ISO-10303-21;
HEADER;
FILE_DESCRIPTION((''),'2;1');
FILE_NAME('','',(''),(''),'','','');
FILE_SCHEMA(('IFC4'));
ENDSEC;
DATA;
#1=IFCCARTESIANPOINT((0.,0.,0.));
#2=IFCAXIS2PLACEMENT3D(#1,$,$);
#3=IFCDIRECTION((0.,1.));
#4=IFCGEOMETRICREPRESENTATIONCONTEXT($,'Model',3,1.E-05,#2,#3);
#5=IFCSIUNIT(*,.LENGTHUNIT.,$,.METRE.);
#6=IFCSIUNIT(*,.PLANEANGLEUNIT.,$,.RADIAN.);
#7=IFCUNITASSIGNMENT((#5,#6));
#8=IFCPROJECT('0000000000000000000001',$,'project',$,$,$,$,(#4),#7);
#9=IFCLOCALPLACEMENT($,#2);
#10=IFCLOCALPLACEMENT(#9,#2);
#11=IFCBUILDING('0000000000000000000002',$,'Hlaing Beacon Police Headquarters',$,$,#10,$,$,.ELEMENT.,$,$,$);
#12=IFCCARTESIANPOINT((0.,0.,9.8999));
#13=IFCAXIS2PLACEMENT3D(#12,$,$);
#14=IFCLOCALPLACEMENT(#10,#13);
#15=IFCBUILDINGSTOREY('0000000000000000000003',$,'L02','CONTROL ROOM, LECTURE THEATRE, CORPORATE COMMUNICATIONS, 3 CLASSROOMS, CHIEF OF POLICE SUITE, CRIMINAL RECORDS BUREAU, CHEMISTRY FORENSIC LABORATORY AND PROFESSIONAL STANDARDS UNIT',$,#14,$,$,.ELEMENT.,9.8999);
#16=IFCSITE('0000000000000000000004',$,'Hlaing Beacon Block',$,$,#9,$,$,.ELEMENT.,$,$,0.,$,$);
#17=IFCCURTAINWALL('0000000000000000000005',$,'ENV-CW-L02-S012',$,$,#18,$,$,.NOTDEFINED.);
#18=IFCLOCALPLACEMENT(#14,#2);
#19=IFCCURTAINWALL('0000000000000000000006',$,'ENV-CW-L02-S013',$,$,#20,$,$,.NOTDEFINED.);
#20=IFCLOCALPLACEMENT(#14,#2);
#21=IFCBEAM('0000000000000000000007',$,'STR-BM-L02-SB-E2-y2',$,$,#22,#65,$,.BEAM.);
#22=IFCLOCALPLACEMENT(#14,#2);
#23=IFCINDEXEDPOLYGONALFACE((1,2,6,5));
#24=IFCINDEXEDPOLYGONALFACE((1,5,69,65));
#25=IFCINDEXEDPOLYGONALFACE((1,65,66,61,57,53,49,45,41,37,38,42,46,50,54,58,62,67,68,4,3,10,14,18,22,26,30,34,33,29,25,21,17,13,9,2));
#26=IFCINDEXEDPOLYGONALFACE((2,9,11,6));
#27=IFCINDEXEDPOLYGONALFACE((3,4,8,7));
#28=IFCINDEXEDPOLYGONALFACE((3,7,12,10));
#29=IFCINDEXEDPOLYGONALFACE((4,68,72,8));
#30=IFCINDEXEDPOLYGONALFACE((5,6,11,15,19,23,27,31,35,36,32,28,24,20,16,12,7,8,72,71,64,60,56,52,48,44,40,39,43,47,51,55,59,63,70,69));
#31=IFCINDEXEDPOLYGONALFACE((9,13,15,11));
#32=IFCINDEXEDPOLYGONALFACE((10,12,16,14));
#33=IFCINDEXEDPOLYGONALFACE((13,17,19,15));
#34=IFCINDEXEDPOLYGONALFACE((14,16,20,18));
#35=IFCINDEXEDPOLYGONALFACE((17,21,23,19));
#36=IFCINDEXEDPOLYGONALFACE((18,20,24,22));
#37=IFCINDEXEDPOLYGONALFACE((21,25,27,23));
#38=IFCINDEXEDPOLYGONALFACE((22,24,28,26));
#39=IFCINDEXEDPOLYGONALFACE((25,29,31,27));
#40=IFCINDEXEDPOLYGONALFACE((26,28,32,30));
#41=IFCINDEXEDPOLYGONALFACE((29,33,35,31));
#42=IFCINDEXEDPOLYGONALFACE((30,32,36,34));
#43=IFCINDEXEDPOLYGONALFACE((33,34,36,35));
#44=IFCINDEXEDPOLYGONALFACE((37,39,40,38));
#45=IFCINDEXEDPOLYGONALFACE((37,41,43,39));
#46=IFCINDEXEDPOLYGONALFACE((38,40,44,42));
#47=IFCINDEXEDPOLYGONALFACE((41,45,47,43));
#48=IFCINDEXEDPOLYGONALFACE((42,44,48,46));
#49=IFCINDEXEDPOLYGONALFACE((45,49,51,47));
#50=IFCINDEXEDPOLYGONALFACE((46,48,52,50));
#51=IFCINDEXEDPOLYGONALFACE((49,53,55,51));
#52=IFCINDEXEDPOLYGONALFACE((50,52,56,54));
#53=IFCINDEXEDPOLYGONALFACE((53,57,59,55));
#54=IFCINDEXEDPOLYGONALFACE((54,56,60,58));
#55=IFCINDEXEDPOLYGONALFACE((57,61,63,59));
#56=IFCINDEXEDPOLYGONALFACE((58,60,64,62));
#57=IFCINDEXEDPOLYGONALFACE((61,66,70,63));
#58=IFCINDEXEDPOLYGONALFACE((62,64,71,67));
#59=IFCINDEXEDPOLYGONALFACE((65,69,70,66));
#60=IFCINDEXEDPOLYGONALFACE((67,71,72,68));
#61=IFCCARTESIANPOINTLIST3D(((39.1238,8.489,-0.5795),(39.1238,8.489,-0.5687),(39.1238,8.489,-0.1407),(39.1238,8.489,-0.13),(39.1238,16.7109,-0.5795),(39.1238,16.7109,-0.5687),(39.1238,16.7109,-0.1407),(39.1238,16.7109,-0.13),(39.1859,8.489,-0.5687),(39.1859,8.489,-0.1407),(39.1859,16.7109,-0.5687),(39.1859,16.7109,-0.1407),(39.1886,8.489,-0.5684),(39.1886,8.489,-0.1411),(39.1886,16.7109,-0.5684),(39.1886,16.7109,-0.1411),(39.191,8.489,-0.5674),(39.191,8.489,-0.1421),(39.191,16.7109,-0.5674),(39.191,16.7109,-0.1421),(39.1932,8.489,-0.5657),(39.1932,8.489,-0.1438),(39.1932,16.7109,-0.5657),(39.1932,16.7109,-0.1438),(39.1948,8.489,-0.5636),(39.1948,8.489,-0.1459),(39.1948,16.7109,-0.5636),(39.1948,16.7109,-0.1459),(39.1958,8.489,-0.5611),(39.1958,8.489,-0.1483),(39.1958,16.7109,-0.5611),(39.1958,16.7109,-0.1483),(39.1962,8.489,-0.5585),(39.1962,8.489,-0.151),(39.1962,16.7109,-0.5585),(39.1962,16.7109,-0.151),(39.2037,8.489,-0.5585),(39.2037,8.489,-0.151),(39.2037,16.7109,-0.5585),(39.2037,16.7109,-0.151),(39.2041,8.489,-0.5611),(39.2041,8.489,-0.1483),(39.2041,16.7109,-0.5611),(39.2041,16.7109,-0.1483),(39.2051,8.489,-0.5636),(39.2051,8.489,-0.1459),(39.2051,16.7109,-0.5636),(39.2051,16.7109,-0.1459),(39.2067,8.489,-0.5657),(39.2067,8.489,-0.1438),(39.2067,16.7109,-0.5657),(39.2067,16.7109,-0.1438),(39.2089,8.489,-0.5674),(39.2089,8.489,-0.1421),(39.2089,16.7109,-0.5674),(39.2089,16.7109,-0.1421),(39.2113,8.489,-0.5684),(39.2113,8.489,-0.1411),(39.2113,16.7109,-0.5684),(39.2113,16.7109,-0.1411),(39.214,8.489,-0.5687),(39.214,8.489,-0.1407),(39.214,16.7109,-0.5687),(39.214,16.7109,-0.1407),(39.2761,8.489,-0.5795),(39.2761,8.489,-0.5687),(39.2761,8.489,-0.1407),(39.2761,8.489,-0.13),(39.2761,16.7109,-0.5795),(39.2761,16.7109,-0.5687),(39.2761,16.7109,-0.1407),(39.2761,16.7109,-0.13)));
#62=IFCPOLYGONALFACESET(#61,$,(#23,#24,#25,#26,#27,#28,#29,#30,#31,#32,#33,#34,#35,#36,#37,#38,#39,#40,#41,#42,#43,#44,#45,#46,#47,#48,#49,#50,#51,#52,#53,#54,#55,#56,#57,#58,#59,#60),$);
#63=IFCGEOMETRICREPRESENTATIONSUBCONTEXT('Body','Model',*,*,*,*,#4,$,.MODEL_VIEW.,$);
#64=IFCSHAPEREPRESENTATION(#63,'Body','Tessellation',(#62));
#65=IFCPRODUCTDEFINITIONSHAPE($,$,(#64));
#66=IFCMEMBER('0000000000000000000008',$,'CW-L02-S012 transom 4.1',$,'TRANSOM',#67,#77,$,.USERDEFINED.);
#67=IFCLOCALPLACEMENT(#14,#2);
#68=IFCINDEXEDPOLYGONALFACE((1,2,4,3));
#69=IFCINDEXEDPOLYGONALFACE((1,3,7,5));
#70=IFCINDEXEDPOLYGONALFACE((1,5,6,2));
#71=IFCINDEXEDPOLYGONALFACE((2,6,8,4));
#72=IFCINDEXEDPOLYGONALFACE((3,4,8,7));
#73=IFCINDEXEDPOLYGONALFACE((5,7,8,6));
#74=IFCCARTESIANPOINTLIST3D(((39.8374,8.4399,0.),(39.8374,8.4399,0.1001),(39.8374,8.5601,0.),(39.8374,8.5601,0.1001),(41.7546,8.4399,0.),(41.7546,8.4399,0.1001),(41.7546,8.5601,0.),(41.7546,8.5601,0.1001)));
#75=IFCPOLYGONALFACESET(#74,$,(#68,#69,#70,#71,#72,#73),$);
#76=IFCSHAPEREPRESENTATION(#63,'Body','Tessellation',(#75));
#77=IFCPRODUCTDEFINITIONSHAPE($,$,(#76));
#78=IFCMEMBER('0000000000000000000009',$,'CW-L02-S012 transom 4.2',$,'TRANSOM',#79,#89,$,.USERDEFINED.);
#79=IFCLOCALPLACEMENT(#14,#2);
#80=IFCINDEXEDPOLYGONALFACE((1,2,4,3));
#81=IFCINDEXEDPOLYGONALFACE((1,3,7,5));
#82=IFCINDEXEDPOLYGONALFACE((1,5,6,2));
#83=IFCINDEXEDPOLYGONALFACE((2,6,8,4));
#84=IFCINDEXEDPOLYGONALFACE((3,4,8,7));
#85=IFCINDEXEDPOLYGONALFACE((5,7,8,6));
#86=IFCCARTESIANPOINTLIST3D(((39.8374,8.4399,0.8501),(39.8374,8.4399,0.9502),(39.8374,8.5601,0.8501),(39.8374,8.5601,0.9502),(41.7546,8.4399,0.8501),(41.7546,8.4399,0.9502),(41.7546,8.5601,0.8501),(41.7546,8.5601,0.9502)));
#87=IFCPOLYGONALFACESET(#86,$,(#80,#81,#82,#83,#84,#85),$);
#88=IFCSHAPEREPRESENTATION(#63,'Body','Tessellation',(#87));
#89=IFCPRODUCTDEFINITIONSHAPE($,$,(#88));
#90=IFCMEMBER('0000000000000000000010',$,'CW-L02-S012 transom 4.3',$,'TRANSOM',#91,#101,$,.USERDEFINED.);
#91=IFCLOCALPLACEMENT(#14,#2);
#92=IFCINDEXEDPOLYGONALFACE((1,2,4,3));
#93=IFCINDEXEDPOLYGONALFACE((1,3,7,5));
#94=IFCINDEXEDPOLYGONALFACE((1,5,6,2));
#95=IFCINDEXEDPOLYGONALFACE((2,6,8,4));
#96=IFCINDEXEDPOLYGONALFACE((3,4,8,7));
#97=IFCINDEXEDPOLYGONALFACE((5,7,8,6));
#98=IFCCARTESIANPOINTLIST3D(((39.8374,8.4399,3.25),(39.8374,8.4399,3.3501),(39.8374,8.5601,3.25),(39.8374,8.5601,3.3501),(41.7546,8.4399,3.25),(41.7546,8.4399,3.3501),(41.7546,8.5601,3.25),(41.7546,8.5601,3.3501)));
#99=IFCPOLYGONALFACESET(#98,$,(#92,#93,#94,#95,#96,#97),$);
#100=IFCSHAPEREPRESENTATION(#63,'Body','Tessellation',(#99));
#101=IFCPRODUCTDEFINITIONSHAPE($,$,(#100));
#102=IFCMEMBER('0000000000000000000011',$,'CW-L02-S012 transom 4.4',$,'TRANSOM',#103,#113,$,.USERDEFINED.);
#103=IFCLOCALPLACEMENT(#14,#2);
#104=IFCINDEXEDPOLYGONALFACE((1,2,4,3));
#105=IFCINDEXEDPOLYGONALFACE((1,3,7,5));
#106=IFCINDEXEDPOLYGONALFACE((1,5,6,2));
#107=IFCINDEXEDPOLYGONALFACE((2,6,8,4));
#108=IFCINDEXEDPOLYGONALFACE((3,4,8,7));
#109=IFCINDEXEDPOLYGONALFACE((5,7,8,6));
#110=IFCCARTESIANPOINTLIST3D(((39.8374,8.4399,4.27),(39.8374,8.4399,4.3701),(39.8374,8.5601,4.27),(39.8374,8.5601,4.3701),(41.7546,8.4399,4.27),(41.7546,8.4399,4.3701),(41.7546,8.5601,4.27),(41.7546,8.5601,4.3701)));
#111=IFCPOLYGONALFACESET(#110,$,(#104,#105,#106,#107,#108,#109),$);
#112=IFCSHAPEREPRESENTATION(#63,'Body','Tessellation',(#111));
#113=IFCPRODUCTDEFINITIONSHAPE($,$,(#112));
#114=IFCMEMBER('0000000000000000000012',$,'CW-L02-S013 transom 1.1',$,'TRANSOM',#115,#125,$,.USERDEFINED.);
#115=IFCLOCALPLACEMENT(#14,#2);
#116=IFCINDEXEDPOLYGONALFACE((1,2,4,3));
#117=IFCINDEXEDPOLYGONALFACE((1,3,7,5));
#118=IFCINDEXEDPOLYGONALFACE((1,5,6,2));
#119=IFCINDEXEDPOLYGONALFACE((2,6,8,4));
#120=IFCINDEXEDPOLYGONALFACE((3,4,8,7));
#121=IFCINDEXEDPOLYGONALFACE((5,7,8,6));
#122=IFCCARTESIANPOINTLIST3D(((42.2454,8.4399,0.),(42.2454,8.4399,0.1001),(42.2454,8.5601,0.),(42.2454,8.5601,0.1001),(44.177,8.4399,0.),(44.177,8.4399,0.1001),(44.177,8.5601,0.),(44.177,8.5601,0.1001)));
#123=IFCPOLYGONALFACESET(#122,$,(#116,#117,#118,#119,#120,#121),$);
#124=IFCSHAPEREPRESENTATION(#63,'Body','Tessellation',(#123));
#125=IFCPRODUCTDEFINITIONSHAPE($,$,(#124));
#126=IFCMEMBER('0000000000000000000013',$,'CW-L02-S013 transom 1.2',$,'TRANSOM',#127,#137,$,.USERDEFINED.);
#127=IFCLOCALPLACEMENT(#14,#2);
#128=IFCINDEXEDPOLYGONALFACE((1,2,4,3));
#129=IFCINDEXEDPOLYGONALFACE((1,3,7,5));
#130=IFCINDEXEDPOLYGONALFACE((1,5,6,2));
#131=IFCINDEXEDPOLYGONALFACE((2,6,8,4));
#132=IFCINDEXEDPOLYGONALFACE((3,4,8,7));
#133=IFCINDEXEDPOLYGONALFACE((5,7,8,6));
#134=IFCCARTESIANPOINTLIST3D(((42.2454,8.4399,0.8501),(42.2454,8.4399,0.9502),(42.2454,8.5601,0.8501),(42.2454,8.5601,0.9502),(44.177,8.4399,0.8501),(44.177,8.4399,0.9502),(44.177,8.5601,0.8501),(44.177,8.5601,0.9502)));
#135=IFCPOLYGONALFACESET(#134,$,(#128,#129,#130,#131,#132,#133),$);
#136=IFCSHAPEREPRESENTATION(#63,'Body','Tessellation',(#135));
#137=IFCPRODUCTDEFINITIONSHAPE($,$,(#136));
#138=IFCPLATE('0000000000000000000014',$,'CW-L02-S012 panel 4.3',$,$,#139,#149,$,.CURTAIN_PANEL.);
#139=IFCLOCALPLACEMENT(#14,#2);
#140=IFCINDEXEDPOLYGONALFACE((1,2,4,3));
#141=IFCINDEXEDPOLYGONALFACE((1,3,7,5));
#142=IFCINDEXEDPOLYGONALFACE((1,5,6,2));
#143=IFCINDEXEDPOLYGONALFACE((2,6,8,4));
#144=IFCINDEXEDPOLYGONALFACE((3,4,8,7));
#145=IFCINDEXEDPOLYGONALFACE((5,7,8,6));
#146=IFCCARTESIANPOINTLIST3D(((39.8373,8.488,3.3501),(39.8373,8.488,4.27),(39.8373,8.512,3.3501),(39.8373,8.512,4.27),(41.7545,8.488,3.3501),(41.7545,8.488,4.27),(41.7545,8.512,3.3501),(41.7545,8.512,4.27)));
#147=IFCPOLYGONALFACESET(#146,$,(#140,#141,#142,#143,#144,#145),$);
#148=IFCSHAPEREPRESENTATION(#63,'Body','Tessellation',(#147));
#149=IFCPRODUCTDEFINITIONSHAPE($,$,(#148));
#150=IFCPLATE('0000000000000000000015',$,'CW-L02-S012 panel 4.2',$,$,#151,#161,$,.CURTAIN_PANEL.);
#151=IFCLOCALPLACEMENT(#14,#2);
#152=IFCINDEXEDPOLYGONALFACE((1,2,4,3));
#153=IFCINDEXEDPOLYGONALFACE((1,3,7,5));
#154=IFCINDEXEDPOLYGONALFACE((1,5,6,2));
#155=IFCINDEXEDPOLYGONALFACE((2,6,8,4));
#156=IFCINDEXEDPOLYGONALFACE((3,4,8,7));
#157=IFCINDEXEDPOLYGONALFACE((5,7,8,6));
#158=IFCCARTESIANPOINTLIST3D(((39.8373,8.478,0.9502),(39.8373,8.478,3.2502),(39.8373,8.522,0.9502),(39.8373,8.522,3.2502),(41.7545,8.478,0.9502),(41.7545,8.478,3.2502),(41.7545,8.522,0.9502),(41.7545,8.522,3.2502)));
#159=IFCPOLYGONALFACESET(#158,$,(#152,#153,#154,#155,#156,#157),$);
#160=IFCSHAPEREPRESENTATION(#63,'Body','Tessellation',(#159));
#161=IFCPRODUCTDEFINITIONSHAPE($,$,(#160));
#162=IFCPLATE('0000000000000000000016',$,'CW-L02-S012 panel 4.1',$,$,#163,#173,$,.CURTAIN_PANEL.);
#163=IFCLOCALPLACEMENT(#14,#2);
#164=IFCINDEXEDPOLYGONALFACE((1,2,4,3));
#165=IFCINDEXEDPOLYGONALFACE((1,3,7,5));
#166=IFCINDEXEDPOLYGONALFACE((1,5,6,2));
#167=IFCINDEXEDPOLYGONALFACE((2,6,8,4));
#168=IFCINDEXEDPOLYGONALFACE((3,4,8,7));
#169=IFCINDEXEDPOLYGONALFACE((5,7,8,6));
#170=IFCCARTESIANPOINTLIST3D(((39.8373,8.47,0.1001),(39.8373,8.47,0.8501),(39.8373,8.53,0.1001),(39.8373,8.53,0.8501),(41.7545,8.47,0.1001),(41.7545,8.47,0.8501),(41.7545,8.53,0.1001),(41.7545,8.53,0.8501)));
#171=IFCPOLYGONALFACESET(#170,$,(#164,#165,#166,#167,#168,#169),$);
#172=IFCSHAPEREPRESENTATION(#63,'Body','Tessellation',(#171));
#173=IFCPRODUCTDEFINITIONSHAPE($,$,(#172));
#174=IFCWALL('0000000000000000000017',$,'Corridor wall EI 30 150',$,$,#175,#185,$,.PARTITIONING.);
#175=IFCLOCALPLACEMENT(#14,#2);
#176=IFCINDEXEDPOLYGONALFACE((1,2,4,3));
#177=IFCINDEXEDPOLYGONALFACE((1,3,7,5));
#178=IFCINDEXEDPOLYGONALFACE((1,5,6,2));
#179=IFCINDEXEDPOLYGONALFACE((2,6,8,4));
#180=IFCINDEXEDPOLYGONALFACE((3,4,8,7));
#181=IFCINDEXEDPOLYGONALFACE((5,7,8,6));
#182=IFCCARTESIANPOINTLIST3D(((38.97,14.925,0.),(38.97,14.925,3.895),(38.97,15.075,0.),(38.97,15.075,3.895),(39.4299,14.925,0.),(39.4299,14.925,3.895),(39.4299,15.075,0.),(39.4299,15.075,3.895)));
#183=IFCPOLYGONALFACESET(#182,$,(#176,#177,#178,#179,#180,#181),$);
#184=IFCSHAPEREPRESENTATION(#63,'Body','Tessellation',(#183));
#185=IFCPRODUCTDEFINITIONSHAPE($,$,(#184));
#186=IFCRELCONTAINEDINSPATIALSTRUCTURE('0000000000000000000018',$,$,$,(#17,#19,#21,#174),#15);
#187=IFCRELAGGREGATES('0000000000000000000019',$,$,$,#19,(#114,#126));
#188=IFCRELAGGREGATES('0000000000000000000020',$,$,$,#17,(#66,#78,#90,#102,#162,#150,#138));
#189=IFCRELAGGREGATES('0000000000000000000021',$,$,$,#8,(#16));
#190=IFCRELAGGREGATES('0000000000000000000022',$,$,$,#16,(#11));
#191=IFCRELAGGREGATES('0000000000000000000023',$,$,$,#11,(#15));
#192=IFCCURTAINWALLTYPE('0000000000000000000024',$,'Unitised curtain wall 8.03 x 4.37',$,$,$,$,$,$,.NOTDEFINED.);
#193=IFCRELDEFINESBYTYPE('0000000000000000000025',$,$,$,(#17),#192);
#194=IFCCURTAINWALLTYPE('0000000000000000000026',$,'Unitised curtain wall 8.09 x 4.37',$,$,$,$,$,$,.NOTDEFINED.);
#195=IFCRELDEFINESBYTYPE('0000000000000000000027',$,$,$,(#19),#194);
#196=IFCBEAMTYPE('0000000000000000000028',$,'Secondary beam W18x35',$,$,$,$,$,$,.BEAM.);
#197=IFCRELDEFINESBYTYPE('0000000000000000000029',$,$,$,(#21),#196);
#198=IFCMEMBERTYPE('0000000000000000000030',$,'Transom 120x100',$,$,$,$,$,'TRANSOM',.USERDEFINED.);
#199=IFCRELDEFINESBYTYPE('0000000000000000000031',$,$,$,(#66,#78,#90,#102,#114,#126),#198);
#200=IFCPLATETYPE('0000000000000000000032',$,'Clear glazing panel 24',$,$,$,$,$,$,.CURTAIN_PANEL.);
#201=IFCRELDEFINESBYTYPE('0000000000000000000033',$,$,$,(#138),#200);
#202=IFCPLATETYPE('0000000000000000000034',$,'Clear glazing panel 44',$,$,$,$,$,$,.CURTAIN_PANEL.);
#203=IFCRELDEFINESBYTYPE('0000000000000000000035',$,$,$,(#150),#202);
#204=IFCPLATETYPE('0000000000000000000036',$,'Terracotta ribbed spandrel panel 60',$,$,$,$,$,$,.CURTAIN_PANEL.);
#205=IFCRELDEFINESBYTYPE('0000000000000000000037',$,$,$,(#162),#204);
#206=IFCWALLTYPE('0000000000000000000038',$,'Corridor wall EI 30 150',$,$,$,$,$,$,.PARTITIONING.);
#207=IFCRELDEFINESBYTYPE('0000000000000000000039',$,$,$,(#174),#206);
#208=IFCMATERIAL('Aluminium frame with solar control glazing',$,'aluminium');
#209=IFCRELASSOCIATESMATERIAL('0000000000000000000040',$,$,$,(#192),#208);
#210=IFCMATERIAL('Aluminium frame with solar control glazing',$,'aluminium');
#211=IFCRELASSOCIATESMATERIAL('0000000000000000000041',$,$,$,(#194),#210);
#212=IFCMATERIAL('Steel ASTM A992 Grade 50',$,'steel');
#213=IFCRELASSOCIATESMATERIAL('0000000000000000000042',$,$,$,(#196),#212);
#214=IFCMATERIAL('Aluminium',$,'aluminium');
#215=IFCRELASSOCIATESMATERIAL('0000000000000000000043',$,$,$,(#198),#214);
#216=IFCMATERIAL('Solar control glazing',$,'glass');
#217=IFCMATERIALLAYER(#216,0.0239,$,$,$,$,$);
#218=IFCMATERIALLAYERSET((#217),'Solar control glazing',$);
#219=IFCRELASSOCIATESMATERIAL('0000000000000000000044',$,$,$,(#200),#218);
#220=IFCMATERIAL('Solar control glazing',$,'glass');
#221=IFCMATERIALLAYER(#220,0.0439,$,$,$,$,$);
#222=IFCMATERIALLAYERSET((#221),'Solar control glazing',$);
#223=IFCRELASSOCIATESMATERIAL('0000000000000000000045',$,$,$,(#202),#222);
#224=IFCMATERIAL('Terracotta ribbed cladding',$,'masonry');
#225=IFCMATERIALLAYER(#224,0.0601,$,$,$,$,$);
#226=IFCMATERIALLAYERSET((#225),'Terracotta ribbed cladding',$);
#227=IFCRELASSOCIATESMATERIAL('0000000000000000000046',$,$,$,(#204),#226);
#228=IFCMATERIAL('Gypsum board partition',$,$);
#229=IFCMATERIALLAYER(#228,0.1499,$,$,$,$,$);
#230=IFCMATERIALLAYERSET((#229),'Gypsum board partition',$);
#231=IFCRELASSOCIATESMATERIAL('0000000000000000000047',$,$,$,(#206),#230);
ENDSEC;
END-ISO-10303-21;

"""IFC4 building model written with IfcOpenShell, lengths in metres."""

from ifc_helpers import new_model, si_unit, direction, frame, frame_2d, origin, origin_2d, place, context, subcontext, project, spatial, rectangle, i_section, extrude, material, layer, layer_set, material_profile, profile_set, type_object, element, aggregate, save


model = new_model("IFC4")

# Units and contexts
model_context = context("Model", 3, precision=1e-05, world=origin(), true_north=direction((0.0, 1.0)))
body_context = subcontext(model_context, "Body", "Model", "MODEL_VIEW")
ifc_project = project(units=[si_unit("LENGTHUNIT", "METRE"), si_unit("PLANEANGLEUNIT", "RADIAN")], contexts=[model_context])

# Site, building, storey
site_placement = place(None, origin())
site = spatial("IfcSite", under=ifc_project, at=site_placement, Name="Hlaing Beacon Block", CompositionType="ELEMENT", RefElevation=0.0)
building_placement = place(site_placement, origin())
building = spatial("IfcBuilding", under=site, at=building_placement, Name="Hlaing Beacon Police Headquarters", CompositionType="ELEMENT")
storey_placement = place(building_placement, frame((0.0, 0.0, 9.8999)))
storey = spatial("IfcBuildingStorey", under=building, at=storey_placement, Name="L02", Description="CONTROL ROOM, LECTURE THEATRE, CORPORATE COMMUNICATIONS, 3 CLASSROOMS, CHIEF OF POLICE SUITE, CRIMINAL RECORDS BUREAU, CHEMISTRY FORENSIC LABORATORY AND PROFESSIONAL STANDARDS UNIT", CompositionType="ELEMENT", Elevation=9.8999)

# Curtain wall
ifc_material_1 = material(Name="Aluminium frame with solar control glazing", Category="aluminium")
curtain_wall_type_1 = type_object("IfcCurtainWallType", Name="Unitised curtain wall 8.03 x 4.37", PredefinedType="NOTDEFINED", material=ifc_material_1)
curtain_wall_1_placement = place(storey_placement, origin())
curtain_wall_1 = element("IfcCurtainWall", 1, at=curtain_wall_1_placement, inside=storey, type_object=curtain_wall_type_1, Name="ENV-CW-L02-S012", PredefinedType="NOTDEFINED")

# Curtain wall
ifc_material_2 = material(Name="Aluminium frame with solar control glazing", Category="aluminium")
curtain_wall_type_2 = type_object("IfcCurtainWallType", Name="Unitised curtain wall 8.09 x 4.37", PredefinedType="NOTDEFINED", material=ifc_material_2)
curtain_wall_2_placement = place(storey_placement, origin())
curtain_wall_2 = element("IfcCurtainWall", 2, at=curtain_wall_2_placement, inside=storey, type_object=curtain_wall_type_2, Name="ENV-CW-L02-S013", PredefinedType="NOTDEFINED")

# Beam
ifc_material_3 = material(Name="Steel ASTM A992 Grade 50", Category="steel")
ifc_material_profile_1 = material_profile(ifc_material_3, i_section(OverallWidth=0.1523, OverallDepth=0.4495, WebThickness=0.0076, FlangeThickness=0.0107, FilletRadius=0.0103, at=origin_2d()), Name="W18x35")
ifc_profile_set_1 = profile_set([ifc_material_profile_1], Name="Steel ASTM A992 Grade 50")
beam_type_1 = type_object("IfcBeamType", Name="Secondary beam W18x35", PredefinedType="BEAM", material=ifc_profile_set_1)
beam_1_placement = place(storey_placement, frame((39.2, 8.489, -0.3547), z_axis=(0.0, 1.0, 0.0), x_axis=(-1.0, 0.0, 0.0)))
element("IfcBeam", 3, at=beam_1_placement, inside=storey, type_object=beam_type_1, Name="STR-BM-L02-SB-E2-y2", PredefinedType="BEAM", context=body_context, shape_type="SweptSolid", body=[
    extrude(i_section(OverallWidth=0.1523, OverallDepth=0.4495, WebThickness=0.0076, FlangeThickness=0.0107, FilletRadius=0.0103, at=origin_2d()), origin(), (0.0, 0.0, 1.0), 8.2219),
])

# Members
ifc_material_4 = material(Name="Aluminium", Category="aluminium")
ifc_material_profile_2 = material_profile(ifc_material_4, rectangle(XDim=0.1201, YDim=0.1001, at=origin_2d()), Name="Transom 120x100")
ifc_profile_set_2 = profile_set([ifc_material_profile_2], Name="Aluminium")
member_type_1 = type_object("IfcMemberType", Name="Transom 120x100", ElementType="TRANSOM", PredefinedType="USERDEFINED", material=ifc_profile_set_2)
member_1_placement = place(storey_placement, frame((39.8374, 8.5, 0.05), z_axis=(1.0, 0.0, 0.0), x_axis=(0.0, 1.0, 0.0)))
member_1 = element("IfcMember", 4, at=member_1_placement, type_object=member_type_1, Name="CW-L02-S012 transom 4.1", ObjectType="TRANSOM", PredefinedType="USERDEFINED", context=body_context, shape_type="SweptSolid", body=[
    extrude(rectangle(XDim=0.1201, YDim=0.1001, at=origin_2d()), origin(), (0.0, 0.0, 1.0), 1.9172),
])
member_2_placement = place(storey_placement, frame((39.8374, 8.5, 0.9001), z_axis=(1.0, 0.0, 0.0), x_axis=(0.0, 1.0, 0.0)))
member_2 = element("IfcMember", 5, at=member_2_placement, type_object=member_type_1, Name="CW-L02-S012 transom 4.2", ObjectType="TRANSOM", PredefinedType="USERDEFINED", context=body_context, shape_type="SweptSolid", body=[
    extrude(rectangle(XDim=0.1201, YDim=0.1001, at=origin_2d()), origin(), (0.0, 0.0, 1.0), 1.9172),
])
member_3_placement = place(storey_placement, frame((39.8374, 8.5, 3.3), z_axis=(1.0, 0.0, 0.0), x_axis=(0.0, 1.0, 0.0)))
member_3 = element("IfcMember", 6, at=member_3_placement, type_object=member_type_1, Name="CW-L02-S012 transom 4.3", ObjectType="TRANSOM", PredefinedType="USERDEFINED", context=body_context, shape_type="SweptSolid", body=[
    extrude(rectangle(XDim=0.1201, YDim=0.1001, at=origin_2d()), origin(), (0.0, 0.0, 1.0), 1.9172),
])
member_4_placement = place(storey_placement, frame((39.8374, 8.5, 4.3201), z_axis=(1.0, 0.0, 0.0), x_axis=(0.0, 1.0, 0.0)))
member_4 = element("IfcMember", 7, at=member_4_placement, type_object=member_type_1, Name="CW-L02-S012 transom 4.4", ObjectType="TRANSOM", PredefinedType="USERDEFINED", context=body_context, shape_type="SweptSolid", body=[
    extrude(rectangle(XDim=0.1201, YDim=0.1001, at=origin_2d()), origin(), (0.0, 0.0, 1.0), 1.9172),
])
member_5_placement = place(storey_placement, frame((42.2454, 8.5, 0.05), z_axis=(1.0, 0.0, 0.0), x_axis=(0.0, 1.0, 0.0)))
member_5 = element("IfcMember", 8, at=member_5_placement, type_object=member_type_1, Name="CW-L02-S013 transom 1.1", ObjectType="TRANSOM", PredefinedType="USERDEFINED", context=body_context, shape_type="SweptSolid", body=[
    extrude(rectangle(XDim=0.1201, YDim=0.1001, at=origin_2d()), origin(), (0.0, 0.0, 1.0), 1.9316),
])
member_6_placement = place(storey_placement, frame((42.2454, 8.5, 0.9001), z_axis=(1.0, 0.0, 0.0), x_axis=(0.0, 1.0, 0.0)))
member_6 = element("IfcMember", 9, at=member_6_placement, type_object=member_type_1, Name="CW-L02-S013 transom 1.2", ObjectType="TRANSOM", PredefinedType="USERDEFINED", context=body_context, shape_type="SweptSolid", body=[
    extrude(rectangle(XDim=0.1201, YDim=0.1001, at=origin_2d()), origin(), (0.0, 0.0, 1.0), 1.9316),
])
aggregate(curtain_wall_2, [member_5, member_6])

# Plates
ifc_material_5 = material(Name="Solar control glazing", Category="glass")
ifc_layer_1 = layer(ifc_material_5, 0.0239)
ifc_layer_set_1 = layer_set([ifc_layer_1], Name="Solar control glazing")
plate_type_1 = type_object("IfcPlateType", Name="Clear glazing panel 24", PredefinedType="CURTAIN_PANEL", material=ifc_layer_set_1)
plate_1_placement = place(storey_placement, frame((40.7959, 8.5, 3.3501), z_axis=(0.0, 0.0, 1.0), x_axis=(1.0, 0.0, 0.0)))
plate_1 = element("IfcPlate", 10, at=plate_1_placement, type_object=plate_type_1, Name="CW-L02-S012 panel 4.3", PredefinedType="CURTAIN_PANEL", context=body_context, shape_type="SweptSolid", body=[
    extrude(rectangle(XDim=1.9172, YDim=0.0239, at=origin_2d()), origin(), (0.0, 0.0, 1.0), 0.9199),
])
ifc_material_6 = material(Name="Solar control glazing", Category="glass")
ifc_layer_2 = layer(ifc_material_6, 0.0439)
ifc_layer_set_2 = layer_set([ifc_layer_2], Name="Solar control glazing")
plate_type_2 = type_object("IfcPlateType", Name="Clear glazing panel 44", PredefinedType="CURTAIN_PANEL", material=ifc_layer_set_2)
plate_2_placement = place(storey_placement, frame((40.7959, 8.5, 0.9502), z_axis=(0.0, 0.0, 1.0), x_axis=(1.0, 0.0, 0.0)))
plate_2 = element("IfcPlate", 11, at=plate_2_placement, type_object=plate_type_2, Name="CW-L02-S012 panel 4.2", PredefinedType="CURTAIN_PANEL", context=body_context, shape_type="SweptSolid", body=[
    extrude(rectangle(XDim=1.9172, YDim=0.0439, at=origin_2d()), origin(), (0.0, 0.0, 1.0), 2.3),
])
ifc_material_7 = material(Name="Terracotta ribbed cladding", Category="masonry")
ifc_layer_3 = layer(ifc_material_7, 0.0601)
ifc_layer_set_3 = layer_set([ifc_layer_3], Name="Terracotta ribbed cladding")
plate_type_3 = type_object("IfcPlateType", Name="Terracotta ribbed spandrel panel 60", PredefinedType="CURTAIN_PANEL", material=ifc_layer_set_3)
plate_3_placement = place(storey_placement, frame((40.7959, 8.5, 0.1001), z_axis=(0.0, 0.0, 1.0), x_axis=(1.0, 0.0, 0.0)))
plate_3 = element("IfcPlate", 12, at=plate_3_placement, type_object=plate_type_3, Name="CW-L02-S012 panel 4.1", PredefinedType="CURTAIN_PANEL", context=body_context, shape_type="SweptSolid", body=[
    extrude(rectangle(XDim=1.9172, YDim=0.0601, at=origin_2d()), origin(), (0.0, 0.0, 1.0), 0.75),
])
aggregate(curtain_wall_1, [member_1, member_2, member_3, member_4, plate_3, plate_2, plate_1])

# Wall
ifc_material_8 = material(Name="Gypsum board partition")
ifc_layer_4 = layer(ifc_material_8, 0.1499)
ifc_layer_set_4 = layer_set([ifc_layer_4], Name="Gypsum board partition")
wall_type = type_object("IfcWallType", Name="Corridor wall EI 30 150", PredefinedType="PARTITIONING", material=ifc_layer_set_4)
wall_1_placement = place(storey_placement, frame((38.97, 15.0, 0.0), z_axis=(0.0, 0.0, 1.0), x_axis=(1.0, 0.0, 0.0)))
element("IfcWall", 13, at=wall_1_placement, inside=storey, type_object=wall_type, Name="Corridor wall EI 30 150", PredefinedType="PARTITIONING", context=body_context, shape_type="SweptSolid", body=[
    extrude(rectangle(XDim=0.46, YDim=0.1499, at=frame_2d((0.23, 0.0))), origin(), (0.0, 0.0, 1.0), 3.895),
])

save(model, "model.ifc")
